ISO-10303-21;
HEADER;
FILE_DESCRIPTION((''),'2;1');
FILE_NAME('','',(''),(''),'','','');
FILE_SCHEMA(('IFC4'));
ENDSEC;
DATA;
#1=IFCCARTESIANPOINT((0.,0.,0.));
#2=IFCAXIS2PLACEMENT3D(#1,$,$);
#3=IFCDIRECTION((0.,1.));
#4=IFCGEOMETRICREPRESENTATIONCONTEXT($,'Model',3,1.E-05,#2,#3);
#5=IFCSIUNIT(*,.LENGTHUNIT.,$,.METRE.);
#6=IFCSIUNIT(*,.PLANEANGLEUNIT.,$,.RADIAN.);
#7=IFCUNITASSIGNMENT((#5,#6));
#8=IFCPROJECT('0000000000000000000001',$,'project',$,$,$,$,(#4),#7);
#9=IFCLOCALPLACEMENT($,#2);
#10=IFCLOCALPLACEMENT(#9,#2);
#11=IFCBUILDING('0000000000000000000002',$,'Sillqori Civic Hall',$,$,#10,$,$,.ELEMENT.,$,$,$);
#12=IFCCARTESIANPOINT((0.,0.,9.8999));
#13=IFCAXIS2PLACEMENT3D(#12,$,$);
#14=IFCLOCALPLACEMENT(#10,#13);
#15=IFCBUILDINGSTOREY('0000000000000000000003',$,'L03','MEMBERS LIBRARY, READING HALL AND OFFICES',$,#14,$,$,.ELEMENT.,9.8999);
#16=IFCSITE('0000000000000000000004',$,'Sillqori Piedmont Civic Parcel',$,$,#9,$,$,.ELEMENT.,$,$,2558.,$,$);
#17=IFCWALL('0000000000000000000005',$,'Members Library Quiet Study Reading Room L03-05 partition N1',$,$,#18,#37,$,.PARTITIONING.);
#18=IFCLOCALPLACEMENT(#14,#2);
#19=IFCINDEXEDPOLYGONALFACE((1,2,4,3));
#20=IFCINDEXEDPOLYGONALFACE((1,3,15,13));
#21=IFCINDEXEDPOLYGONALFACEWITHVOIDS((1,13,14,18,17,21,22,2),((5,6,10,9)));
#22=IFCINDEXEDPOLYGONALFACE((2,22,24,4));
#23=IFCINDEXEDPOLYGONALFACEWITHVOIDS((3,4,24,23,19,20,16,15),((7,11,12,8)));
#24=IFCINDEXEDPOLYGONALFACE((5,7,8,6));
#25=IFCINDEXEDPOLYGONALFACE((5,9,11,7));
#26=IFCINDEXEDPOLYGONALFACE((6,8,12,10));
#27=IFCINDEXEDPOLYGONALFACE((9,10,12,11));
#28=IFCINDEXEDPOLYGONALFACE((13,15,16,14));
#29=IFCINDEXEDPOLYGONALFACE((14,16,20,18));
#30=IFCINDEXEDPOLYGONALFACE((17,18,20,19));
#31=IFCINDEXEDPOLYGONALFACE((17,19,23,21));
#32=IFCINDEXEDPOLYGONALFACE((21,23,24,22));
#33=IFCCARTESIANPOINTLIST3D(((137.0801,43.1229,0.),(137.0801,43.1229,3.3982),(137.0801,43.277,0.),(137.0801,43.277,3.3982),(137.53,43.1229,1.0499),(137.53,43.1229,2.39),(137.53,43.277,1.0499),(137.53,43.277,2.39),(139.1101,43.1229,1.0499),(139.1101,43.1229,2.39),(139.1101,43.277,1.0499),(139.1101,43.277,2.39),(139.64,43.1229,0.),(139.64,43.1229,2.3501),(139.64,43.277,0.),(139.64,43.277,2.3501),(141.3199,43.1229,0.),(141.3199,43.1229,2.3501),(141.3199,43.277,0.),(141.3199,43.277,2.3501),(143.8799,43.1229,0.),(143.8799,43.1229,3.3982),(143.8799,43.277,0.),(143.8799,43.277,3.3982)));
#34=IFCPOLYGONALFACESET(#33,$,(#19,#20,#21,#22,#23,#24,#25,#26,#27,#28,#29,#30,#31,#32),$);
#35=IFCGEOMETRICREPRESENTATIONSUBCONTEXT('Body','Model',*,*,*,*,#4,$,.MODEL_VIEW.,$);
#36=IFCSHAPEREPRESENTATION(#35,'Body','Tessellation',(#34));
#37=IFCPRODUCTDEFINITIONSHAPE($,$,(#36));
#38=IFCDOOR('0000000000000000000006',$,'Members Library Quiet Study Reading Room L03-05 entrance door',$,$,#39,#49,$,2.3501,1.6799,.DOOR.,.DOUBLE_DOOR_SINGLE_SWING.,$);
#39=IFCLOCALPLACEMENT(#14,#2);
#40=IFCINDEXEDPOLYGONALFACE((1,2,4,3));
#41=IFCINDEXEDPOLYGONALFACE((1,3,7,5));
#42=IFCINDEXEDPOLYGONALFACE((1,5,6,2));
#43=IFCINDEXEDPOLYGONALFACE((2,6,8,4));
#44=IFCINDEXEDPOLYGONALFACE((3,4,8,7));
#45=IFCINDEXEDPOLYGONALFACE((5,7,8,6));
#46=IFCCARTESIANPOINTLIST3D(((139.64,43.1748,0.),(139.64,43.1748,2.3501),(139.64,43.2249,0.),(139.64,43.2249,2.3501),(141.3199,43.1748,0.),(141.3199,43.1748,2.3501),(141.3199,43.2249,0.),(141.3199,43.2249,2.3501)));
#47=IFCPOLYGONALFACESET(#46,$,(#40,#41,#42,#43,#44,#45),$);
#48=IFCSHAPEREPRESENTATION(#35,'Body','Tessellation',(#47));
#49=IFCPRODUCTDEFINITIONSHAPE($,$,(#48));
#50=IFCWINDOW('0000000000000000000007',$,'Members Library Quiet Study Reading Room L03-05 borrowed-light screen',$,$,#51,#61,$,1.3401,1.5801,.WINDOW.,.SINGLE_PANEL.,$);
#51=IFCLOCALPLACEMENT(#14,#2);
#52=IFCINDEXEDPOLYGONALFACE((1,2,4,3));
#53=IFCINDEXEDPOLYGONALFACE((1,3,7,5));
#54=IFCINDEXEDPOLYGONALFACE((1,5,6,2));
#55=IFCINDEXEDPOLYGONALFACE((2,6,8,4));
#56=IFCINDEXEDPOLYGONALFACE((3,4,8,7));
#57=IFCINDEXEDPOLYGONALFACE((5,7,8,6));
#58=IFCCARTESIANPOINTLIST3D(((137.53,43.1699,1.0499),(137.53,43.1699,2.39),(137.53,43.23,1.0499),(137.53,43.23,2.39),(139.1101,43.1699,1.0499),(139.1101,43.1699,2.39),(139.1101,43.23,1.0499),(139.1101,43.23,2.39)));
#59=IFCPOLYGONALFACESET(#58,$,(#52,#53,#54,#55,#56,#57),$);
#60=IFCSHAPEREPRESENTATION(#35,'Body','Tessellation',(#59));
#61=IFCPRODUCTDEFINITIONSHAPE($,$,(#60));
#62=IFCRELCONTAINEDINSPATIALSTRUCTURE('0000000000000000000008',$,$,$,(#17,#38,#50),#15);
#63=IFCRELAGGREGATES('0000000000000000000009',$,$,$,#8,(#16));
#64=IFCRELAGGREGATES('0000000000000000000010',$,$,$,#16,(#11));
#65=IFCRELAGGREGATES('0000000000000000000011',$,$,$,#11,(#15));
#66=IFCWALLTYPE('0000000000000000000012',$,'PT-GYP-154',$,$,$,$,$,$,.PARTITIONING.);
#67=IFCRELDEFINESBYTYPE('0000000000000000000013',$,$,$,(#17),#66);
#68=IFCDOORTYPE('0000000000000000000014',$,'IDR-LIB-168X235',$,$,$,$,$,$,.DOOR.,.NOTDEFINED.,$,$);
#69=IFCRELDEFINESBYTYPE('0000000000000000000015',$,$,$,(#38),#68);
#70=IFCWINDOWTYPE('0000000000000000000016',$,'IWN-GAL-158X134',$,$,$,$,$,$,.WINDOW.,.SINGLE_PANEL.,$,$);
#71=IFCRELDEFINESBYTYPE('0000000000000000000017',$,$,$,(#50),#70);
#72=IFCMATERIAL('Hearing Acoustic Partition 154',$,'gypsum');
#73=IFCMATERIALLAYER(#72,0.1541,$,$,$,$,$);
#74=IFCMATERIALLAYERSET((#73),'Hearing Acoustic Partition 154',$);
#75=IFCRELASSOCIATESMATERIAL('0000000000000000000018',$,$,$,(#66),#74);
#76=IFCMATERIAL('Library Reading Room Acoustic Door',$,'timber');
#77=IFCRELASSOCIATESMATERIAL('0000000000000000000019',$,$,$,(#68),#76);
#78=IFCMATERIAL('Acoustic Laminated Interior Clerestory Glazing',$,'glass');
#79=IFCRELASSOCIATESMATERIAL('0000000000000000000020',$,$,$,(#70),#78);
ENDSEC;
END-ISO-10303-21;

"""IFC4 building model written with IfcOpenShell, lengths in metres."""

from ifc_helpers import new_model, si_unit, direction, frame, frame_2d, origin, place, context, subcontext, project, spatial, rectangle, extrude, material, layer, layer_set, type_object, element, fill, save


model = new_model("IFC4")

# Units and contexts
model_context = context("Model", 3, precision=1e-05, world=origin(), true_north=direction((0.0, 1.0)))
body_context = subcontext(model_context, "Body", "Model", "MODEL_VIEW")
ifc_project = project(units=[si_unit("LENGTHUNIT", "METRE"), si_unit("PLANEANGLEUNIT", "RADIAN")], contexts=[model_context])

# Site, building, storey
site_placement = place(None, origin())
site = spatial("IfcSite", under=ifc_project, at=site_placement, Name="Sillqori Piedmont Civic Parcel", CompositionType="ELEMENT", RefElevation=2558.0)
building_placement = place(site_placement, origin())
building = spatial("IfcBuilding", under=site, at=building_placement, Name="Sillqori Civic Hall", CompositionType="ELEMENT")
storey_placement = place(building_placement, frame((0.0, 0.0, 9.8999)))
storey = spatial("IfcBuildingStorey", under=building, at=storey_placement, Name="L03", Description="MEMBERS LIBRARY, READING HALL AND OFFICES", CompositionType="ELEMENT", Elevation=9.8999)

# Wall, openings, door, window
ifc_material_1 = material(Name="Hearing Acoustic Partition 154", Category="gypsum")
ifc_layer_1 = layer(ifc_material_1, 0.1541)
ifc_layer_set_1 = layer_set([ifc_layer_1], Name="Hearing Acoustic Partition 154")
wall_type_1 = type_object("IfcWallType", Name="PT-GYP-154", PredefinedType="PARTITIONING", material=ifc_layer_set_1)
wall_1_placement = place(storey_placement, frame((137.0801, 43.2, 0.0), z_axis=(0.0, 0.0, 1.0), x_axis=(1.0, 0.0, 0.0)))
wall_1 = element("IfcWall", 1, at=wall_1_placement, inside=storey, type_object=wall_type_1, Name="Members Library Quiet Study Reading Room L03-05 partition N1", PredefinedType="PARTITIONING", context=body_context, shape_type="SweptSolid", body=[
    extrude(rectangle(XDim=6.7998, YDim=0.1541, at=frame_2d((3.3999, 0.0))), origin(), (0.0, 0.0, 1.0), 3.3982),
])
opening_1_placement = place(wall_1_placement, frame((2.5601, 0.0, 0.0)))
opening_1 = element("IfcOpeningElement", 2, at=opening_1_placement, cuts=wall_1, PredefinedType="OPENING", context=body_context, shape_type="SweptSolid", body=[
    extrude(rectangle(XDim=1.6799, YDim=2.3501, at=frame_2d((0.8398, 1.175))), frame((0.0, 0.0869, 0.0), z_axis=(0.0, -1.0, 0.0), x_axis=(1.0, 0.0, 0.0)), (0.0, 0.0, 1.0), 0.1741),
])
opening_2_placement = place(wall_1_placement, frame((0.45, 0.0, 1.05)))
opening_2 = element("IfcOpeningElement", 3, at=opening_2_placement, cuts=wall_1, PredefinedType="OPENING", context=body_context, shape_type="SweptSolid", body=[
    extrude(rectangle(XDim=1.5801, YDim=1.3401, at=frame_2d((0.79, 0.6699))), frame((0.0, 0.0869, 0.0), z_axis=(0.0, -1.0, 0.0), x_axis=(1.0, 0.0, 0.0)), (0.0, 0.0, 1.0), 0.1741),
])
ifc_material_2 = material(Name="Library Reading Room Acoustic Door", Category="timber")
door_type = type_object("IfcDoorType", Name="IDR-LIB-168X235", OperationType="NOTDEFINED", PredefinedType="DOOR", material=ifc_material_2)
door_placement = place(opening_1_placement, origin())
door = element("IfcDoor", 4, at=door_placement, inside=storey, type_object=door_type, Name="Members Library Quiet Study Reading Room L03-05 entrance door", OperationType="DOUBLE_DOOR_SINGLE_SWING", OverallHeight=2.3501, OverallWidth=1.6799, PredefinedType="DOOR", context=body_context, shape_type="SweptSolid", body=[
    extrude(rectangle(XDim=1.6799, YDim=2.3501, at=frame_2d((0.8398, 1.175))), frame((0.0, 0.0249, 0.0), z_axis=(0.0, -1.0, 0.0), x_axis=(1.0, 0.0, 0.0)), (0.0, 0.0, 1.0), 0.05),
])
fill(opening_1, door)
ifc_material_3 = material(Name="Acoustic Laminated Interior Clerestory Glazing", Category="glass")
window_type = type_object("IfcWindowType", Name="IWN-GAL-158X134", PartitioningType="SINGLE_PANEL", PredefinedType="WINDOW", material=ifc_material_3)
window_placement = place(opening_2_placement, origin())
window = element("IfcWindow", 5, at=window_placement, inside=storey, type_object=window_type, Name="Members Library Quiet Study Reading Room L03-05 borrowed-light screen", OverallHeight=1.3401, OverallWidth=1.5801, PartitioningType="SINGLE_PANEL", PredefinedType="WINDOW", context=body_context, shape_type="SweptSolid", body=[
    extrude(rectangle(XDim=1.5801, YDim=1.3401, at=frame_2d((0.79, 0.6699))), frame((0.0, 0.03, 0.0), z_axis=(0.0, -1.0, 0.0), x_axis=(1.0, 0.0, 0.0)), (0.0, 0.0, 1.0), 0.0601),
])
fill(opening_2, window)

save(model, "model.ifc")
